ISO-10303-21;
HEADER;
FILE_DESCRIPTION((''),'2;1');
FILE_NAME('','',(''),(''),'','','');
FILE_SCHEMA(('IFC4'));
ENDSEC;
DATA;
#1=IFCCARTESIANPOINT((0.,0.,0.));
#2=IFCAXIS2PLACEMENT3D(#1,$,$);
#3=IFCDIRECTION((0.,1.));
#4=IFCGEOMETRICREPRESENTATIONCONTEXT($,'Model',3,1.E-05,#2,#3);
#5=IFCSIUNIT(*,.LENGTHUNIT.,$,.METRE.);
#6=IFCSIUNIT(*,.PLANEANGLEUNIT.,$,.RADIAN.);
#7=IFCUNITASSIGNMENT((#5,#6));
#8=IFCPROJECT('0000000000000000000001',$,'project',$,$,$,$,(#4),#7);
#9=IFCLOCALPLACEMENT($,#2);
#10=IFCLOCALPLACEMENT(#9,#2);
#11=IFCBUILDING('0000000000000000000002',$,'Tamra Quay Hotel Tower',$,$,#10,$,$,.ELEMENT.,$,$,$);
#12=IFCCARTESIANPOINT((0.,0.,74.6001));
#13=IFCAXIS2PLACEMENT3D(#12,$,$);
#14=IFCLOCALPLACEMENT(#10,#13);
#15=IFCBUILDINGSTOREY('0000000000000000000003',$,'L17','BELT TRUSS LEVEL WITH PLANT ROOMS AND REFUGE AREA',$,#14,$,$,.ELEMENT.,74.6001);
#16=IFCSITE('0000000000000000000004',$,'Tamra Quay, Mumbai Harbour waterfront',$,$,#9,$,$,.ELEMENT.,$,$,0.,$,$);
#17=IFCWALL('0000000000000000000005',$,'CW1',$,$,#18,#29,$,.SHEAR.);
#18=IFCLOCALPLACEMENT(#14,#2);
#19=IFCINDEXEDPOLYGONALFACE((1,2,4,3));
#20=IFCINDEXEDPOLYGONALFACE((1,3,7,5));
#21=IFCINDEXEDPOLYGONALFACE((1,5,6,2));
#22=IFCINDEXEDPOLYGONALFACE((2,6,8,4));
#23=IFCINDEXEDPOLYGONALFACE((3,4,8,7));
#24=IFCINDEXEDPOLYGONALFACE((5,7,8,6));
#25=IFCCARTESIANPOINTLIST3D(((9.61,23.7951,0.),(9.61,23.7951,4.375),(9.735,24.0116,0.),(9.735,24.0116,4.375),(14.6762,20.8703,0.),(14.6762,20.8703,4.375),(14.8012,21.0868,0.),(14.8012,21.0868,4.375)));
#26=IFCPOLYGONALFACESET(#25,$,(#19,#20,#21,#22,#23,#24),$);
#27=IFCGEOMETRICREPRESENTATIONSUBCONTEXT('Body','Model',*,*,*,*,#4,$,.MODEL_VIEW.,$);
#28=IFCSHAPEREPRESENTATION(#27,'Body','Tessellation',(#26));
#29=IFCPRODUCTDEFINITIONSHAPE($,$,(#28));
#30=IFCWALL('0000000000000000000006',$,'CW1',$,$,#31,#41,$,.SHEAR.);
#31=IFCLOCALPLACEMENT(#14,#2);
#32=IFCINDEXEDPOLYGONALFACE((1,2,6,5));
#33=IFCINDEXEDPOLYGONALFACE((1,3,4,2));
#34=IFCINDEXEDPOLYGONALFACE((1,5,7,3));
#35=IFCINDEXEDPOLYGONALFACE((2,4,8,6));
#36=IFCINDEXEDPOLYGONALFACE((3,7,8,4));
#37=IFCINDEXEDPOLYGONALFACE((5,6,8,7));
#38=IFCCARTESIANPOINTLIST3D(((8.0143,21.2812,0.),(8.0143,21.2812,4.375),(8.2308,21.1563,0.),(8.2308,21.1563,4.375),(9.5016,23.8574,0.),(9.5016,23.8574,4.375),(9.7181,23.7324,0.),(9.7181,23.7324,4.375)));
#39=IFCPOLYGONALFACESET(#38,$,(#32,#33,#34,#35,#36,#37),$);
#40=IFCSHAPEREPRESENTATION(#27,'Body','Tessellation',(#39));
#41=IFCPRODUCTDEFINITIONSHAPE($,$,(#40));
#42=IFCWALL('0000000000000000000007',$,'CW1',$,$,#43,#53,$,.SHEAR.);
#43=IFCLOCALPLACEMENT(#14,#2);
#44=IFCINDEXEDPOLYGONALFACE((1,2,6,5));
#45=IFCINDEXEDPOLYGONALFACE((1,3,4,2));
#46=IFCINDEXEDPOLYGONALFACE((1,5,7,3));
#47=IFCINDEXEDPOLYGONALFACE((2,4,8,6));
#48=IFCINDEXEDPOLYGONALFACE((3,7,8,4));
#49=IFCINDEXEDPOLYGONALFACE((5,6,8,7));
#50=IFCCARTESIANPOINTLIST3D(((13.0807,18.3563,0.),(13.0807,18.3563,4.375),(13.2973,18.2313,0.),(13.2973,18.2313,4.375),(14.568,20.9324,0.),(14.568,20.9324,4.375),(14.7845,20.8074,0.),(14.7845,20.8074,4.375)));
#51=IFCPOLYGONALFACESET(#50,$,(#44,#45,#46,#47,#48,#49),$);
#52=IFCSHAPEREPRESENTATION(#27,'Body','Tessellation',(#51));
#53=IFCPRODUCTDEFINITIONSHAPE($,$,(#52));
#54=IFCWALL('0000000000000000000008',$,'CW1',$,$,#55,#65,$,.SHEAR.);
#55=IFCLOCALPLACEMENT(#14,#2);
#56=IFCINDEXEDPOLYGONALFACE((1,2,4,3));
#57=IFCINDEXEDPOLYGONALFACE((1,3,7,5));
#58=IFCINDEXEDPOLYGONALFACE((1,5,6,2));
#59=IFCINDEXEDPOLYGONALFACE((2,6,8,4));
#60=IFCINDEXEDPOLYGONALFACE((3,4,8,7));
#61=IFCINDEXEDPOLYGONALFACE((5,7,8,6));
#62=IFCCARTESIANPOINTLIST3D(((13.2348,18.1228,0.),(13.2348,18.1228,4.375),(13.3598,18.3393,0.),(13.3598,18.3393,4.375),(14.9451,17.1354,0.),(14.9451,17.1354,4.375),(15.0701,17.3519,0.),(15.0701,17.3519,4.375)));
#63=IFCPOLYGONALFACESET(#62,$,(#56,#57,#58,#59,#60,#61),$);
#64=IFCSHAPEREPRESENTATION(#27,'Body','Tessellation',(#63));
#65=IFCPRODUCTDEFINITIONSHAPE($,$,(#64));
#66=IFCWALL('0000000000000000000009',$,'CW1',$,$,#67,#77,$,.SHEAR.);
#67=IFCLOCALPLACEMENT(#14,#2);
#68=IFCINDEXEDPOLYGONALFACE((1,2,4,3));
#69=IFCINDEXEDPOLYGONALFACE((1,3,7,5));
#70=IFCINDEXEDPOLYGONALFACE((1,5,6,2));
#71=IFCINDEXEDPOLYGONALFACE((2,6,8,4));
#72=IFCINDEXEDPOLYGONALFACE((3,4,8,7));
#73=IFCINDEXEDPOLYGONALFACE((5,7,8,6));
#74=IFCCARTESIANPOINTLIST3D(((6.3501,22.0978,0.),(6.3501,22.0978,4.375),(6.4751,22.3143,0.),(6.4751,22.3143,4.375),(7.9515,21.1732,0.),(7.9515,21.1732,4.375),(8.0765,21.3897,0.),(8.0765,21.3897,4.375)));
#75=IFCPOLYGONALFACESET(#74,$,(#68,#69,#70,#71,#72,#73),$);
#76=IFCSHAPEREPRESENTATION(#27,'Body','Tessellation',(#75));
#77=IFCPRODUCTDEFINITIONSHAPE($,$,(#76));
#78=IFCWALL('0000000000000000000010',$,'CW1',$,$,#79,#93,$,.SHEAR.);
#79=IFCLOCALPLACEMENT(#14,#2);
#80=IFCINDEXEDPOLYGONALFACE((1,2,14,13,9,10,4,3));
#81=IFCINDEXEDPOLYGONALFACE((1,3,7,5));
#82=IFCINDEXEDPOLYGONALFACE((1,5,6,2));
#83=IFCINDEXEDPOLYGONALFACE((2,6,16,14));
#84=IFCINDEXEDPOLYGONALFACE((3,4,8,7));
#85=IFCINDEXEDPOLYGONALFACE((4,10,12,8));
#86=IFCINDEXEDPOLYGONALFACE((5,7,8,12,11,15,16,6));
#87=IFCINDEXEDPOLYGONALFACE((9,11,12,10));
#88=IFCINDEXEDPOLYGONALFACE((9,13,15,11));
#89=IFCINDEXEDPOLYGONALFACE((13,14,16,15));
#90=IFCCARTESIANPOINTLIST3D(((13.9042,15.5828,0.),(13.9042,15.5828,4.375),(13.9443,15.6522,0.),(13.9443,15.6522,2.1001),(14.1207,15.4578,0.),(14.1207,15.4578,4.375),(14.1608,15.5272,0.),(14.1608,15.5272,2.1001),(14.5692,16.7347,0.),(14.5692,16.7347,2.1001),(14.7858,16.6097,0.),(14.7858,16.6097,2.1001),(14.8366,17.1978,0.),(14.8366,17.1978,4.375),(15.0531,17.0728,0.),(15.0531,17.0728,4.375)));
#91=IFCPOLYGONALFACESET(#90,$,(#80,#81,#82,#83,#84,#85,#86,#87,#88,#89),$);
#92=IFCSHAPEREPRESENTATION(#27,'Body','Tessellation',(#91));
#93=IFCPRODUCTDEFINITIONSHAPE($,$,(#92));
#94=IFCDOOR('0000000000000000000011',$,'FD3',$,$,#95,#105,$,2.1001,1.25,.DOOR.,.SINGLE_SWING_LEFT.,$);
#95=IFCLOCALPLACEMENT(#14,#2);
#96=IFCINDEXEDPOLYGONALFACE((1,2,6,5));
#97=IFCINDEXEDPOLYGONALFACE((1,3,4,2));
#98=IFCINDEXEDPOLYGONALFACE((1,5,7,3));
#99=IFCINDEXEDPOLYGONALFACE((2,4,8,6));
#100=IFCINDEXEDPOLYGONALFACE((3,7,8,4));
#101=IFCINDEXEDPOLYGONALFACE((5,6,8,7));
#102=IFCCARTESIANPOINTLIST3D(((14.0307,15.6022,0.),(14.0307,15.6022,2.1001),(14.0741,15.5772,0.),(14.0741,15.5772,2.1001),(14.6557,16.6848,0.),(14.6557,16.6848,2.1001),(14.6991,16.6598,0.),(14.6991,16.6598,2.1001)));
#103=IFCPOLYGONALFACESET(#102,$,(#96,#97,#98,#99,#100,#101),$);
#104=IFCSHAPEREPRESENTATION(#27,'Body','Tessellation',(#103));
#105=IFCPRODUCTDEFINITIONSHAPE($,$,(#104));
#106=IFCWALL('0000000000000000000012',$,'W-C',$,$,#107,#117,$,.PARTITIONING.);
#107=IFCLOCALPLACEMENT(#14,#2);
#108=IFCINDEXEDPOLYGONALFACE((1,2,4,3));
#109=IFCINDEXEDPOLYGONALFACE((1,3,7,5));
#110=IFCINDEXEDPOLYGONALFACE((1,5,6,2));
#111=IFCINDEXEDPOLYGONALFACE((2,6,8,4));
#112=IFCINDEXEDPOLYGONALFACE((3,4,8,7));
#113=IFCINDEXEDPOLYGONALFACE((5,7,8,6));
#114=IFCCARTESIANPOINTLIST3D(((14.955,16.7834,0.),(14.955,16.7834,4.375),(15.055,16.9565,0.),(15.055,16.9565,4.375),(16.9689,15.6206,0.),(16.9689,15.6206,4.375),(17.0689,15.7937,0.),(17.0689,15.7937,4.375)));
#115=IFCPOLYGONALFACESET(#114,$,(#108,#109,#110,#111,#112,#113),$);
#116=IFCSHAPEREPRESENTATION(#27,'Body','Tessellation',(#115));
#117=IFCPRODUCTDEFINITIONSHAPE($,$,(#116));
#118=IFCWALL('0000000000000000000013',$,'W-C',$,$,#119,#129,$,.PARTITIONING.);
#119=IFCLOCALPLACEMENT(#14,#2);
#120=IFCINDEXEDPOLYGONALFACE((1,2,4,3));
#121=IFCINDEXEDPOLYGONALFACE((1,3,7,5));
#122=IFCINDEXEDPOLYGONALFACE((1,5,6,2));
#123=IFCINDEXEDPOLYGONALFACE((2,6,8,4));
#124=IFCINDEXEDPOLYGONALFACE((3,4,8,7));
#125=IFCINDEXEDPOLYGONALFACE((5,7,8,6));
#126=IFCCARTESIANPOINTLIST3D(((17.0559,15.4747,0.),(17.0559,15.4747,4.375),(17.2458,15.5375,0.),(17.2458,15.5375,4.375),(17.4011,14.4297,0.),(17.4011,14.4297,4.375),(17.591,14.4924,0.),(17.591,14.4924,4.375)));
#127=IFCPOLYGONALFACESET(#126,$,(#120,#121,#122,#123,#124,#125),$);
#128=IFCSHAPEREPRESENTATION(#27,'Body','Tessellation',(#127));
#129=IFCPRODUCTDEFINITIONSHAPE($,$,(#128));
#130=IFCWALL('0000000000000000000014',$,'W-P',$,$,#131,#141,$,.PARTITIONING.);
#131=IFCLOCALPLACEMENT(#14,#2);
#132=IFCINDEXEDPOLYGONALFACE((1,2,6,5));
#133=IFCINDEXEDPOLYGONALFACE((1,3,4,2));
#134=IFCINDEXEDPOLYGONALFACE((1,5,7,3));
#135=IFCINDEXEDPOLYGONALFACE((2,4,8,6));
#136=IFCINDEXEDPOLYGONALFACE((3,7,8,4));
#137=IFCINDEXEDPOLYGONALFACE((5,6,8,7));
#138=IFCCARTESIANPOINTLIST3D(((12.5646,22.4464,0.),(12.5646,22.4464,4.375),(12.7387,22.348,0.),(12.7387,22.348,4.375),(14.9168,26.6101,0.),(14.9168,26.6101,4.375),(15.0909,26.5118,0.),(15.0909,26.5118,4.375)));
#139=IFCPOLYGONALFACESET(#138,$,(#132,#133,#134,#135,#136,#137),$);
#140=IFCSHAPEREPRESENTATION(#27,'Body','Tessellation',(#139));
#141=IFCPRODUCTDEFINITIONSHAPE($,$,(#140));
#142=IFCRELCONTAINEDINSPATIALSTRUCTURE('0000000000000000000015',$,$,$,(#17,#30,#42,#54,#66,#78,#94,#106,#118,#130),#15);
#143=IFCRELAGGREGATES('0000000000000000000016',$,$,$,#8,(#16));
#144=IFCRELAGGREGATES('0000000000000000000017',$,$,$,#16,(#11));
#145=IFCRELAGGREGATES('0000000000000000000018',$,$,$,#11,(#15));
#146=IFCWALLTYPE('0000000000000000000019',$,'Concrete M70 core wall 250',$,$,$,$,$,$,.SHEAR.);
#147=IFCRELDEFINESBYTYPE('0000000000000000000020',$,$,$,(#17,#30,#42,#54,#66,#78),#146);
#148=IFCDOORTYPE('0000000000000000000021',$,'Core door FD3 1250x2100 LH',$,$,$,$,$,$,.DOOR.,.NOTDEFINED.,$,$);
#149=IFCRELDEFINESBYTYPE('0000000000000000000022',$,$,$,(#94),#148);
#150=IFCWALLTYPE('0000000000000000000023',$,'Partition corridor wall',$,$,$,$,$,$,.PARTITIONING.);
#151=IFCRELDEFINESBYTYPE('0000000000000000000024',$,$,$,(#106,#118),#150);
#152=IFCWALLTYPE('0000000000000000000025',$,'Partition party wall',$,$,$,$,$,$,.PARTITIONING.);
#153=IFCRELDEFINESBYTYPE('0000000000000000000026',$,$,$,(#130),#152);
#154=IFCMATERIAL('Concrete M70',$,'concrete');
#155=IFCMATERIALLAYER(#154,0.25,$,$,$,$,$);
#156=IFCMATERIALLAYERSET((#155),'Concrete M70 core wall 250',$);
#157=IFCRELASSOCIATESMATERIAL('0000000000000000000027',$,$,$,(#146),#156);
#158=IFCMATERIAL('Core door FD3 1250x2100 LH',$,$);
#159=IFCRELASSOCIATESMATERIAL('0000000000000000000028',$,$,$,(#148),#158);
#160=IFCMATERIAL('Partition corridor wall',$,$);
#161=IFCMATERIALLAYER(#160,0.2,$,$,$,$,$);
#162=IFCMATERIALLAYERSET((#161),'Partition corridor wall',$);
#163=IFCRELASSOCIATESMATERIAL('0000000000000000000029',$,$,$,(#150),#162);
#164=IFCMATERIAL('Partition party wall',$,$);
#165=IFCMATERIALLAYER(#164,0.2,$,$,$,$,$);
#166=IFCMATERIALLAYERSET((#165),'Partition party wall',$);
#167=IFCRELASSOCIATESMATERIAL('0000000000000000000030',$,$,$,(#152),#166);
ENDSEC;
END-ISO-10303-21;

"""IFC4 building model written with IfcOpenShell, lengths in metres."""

from ifc_helpers import new_model, si_unit, direction, frame, frame_2d, origin, place, context, subcontext, project, spatial, rectangle, extrude, material, layer, layer_set, type_object, element, fill, save


model = new_model("IFC4")

# Units and contexts
model_context = context("Model", 3, precision=1e-05, world=origin(), true_north=direction((0.0, 1.0)))
body_context = subcontext(model_context, "Body", "Model", "MODEL_VIEW")
ifc_project = project(units=[si_unit("LENGTHUNIT", "METRE"), si_unit("PLANEANGLEUNIT", "RADIAN")], contexts=[model_context])

# Site, building, storey
site_placement = place(None, origin())
site = spatial("IfcSite", under=ifc_project, at=site_placement, Name="Tamra Quay, Mumbai Harbour waterfront", CompositionType="ELEMENT", RefElevation=0.0)
building_placement = place(site_placement, origin())
building = spatial("IfcBuilding", under=site, at=building_placement, Name="Tamra Quay Hotel Tower", CompositionType="ELEMENT")
storey_placement = place(building_placement, frame((0.0, 0.0, 74.6001)))
storey = spatial("IfcBuildingStorey", under=building, at=storey_placement, Name="L17", Description="BELT TRUSS LEVEL WITH PLANT ROOMS AND REFUGE AREA", CompositionType="ELEMENT", Elevation=74.6001)

# Shared definitions
ifc_material_1 = material(Name="Concrete M70", Category="concrete")

# Walls
ifc_layer_1 = layer(ifc_material_1, 0.25)
ifc_layer_set_1 = layer_set([ifc_layer_1], Name="Concrete M70 core wall 250")
wall_type_1 = type_object("IfcWallType", Name="Concrete M70 core wall 250", PredefinedType="SHEAR", material=ifc_layer_set_1)
wall_1_placement = place(storey_placement, frame((9.6726, 23.9033, 0.0), z_axis=(0.0, 0.0, 1.0), x_axis=(0.866036, -0.499981, 0.0)))
element("IfcWall", 1, at=wall_1_placement, inside=storey, type_object=wall_type_1, Name="CW1", PredefinedType="SHEAR", context=body_context, shape_type="SweptSolid", body=[
    extrude(rectangle(XDim=5.8499, YDim=0.25, at=frame_2d((2.9248, 0.0))), origin(), (0.0, 0.0, 1.0), 4.375),
])
for number, where, z_axis, x_axis, name in (
    (2, (8.1226, 21.2188, 0.0), (0.0, 0.0, 1.0), (0.499988, 0.866033, 0.0), "CW1"),
    (3, (14.6763, 20.8699, 0.0), (0.0, 0.0, 1.0), (-0.499988, -0.866033, 0.0), "CW1"),
):
    element("IfcWall", number, at=place(storey_placement, frame(where, z_axis=z_axis, x_axis=x_axis)), inside=storey, type_object=wall_type_1, Name=name, PredefinedType="SHEAR", context=body_context, shape_type="SweptSolid", body=[
        extrude(rectangle(XDim=2.9746, YDim=0.25, at=frame_2d((1.4873, 0.0))), origin(), (0.0, 0.0, 1.0), 4.375),
    ])
wall_2_placement = place(storey_placement, frame((13.2974, 18.231, 0.0), z_axis=(0.0, 0.0, 1.0), x_axis=(0.866044, -0.499969, 0.0)))
element("IfcWall", 4, at=wall_2_placement, inside=storey, type_object=wall_type_1, Name="CW1", PredefinedType="SHEAR", context=body_context, shape_type="SweptSolid", body=[
    extrude(rectangle(XDim=1.9749, YDim=0.25, at=frame_2d((0.9873, 0.0))), origin(), (0.0, 0.0, 1.0), 4.375),
])
wall_3_placement = place(storey_placement, frame((6.4126, 22.2061, 0.0), z_axis=(0.0, 0.0, 1.0), x_axis=(0.866016, -0.500016, 0.0)))
element("IfcWall", 5, at=wall_3_placement, inside=storey, type_object=wall_type_1, Name="CW1", PredefinedType="SHEAR", context=body_context, shape_type="SweptSolid", body=[
    extrude(rectangle(XDim=1.8491, YDim=0.25, at=frame_2d((0.9246, 0.0))), origin(), (0.0, 0.0, 1.0), 4.375),
])

# Wall, opening, door
wall_4_placement = place(storey_placement, frame((14.9448, 17.1353, 0.0), z_axis=(0.0, 0.0, 1.0), x_axis=(-0.499983, -0.866035, 0.0)))
wall_4 = element("IfcWall", 6, at=wall_4_placement, inside=storey, type_object=wall_type_1, Name="CW1", PredefinedType="SHEAR", context=body_context, shape_type="SweptSolid", body=[
    extrude(rectangle(XDim=1.8647, YDim=0.25, at=frame_2d((0.9324, 0.0))), origin(), (0.0, 0.0, 1.0), 4.375),
])
opening_1_placement = place(wall_4_placement, frame((0.5347, 0.0, 0.0)))
opening_1 = element("IfcOpeningElement", 7, at=opening_1_placement, cuts=wall_4, PredefinedType="OPENING", context=body_context, shape_type="SweptSolid", body=[
    extrude(rectangle(XDim=1.25, YDim=2.1001, at=frame_2d((0.625, 1.05))), frame((0.0, 0.135, 0.0), z_axis=(0.0, -1.0, 0.0), x_axis=(1.0, 0.0, 0.0)), (0.0, 0.0, 1.0), 0.27),
])
ifc_material_2 = material(Name="Core door FD3 1250x2100 LH")
door_type_1 = type_object("IfcDoorType", Name="Core door FD3 1250x2100 LH", OperationType="NOTDEFINED", PredefinedType="DOOR", material=ifc_material_2)
door_1_placement = place(opening_1_placement, origin())
door_1 = element("IfcDoor", 8, at=door_1_placement, inside=storey, type_object=door_type_1, Name="FD3", OperationType="SINGLE_SWING_LEFT", OverallHeight=2.1001, OverallWidth=1.25, PredefinedType="DOOR", context=body_context, shape_type="SweptSolid", body=[
    extrude(rectangle(XDim=1.25, YDim=2.1001, at=frame_2d((0.625, 1.05))), frame((0.0, 0.0249, 0.0), z_axis=(0.0, -1.0, 0.0), x_axis=(1.0, 0.0, 0.0)), (0.0, 0.0, 1.0), 0.05),
])
fill(opening_1, door_1)

# Walls
ifc_material_3 = material(Name="Partition corridor wall")
ifc_layer_2 = layer(ifc_material_3, 0.2)
ifc_layer_set_2 = layer_set([ifc_layer_2], Name="Partition corridor wall")
wall_type_2 = type_object("IfcWallType", Name="Partition corridor wall", PredefinedType="PARTITIONING", material=ifc_layer_set_2)
wall_5_placement = place(storey_placement, frame((15.0051, 16.8699, 0.0), z_axis=(0.0, 0.0, 1.0), x_axis=(0.866006, -0.500034, 0.0)))
element("IfcWall", 9, at=wall_5_placement, inside=storey, type_object=wall_type_2, Name="W-C", PredefinedType="PARTITIONING", context=body_context, shape_type="SweptSolid", body=[
    extrude(rectangle(XDim=2.3254, YDim=0.2, at=frame_2d((1.1626, 0.0))), origin(), (0.0, 0.0, 1.0), 4.375),
])
wall_6_placement = place(storey_placement, frame((17.1509, 15.5061, 0.0), z_axis=(0.0, 0.0, 1.0), x_axis=(0.313631, -0.949545, 0.0)))
element("IfcWall", 10, at=wall_6_placement, inside=storey, type_object=wall_type_2, Name="W-C", PredefinedType="PARTITIONING", context=body_context, shape_type="SweptSolid", body=[
    extrude(rectangle(XDim=1.1006, YDim=0.2, at=frame_2d((0.5503, 0.0))), origin(), (0.0, 0.0, 1.0), 4.375),
])
ifc_material_4 = material(Name="Partition party wall")
ifc_layer_3 = layer(ifc_material_4, 0.2)
ifc_layer_set_3 = layer_set([ifc_layer_3], Name="Partition party wall")
wall_type_3 = type_object("IfcWallType", Name="Partition party wall", PredefinedType="PARTITIONING", material=ifc_layer_set_3)
wall_7_placement = place(storey_placement, frame((12.6516, 22.3972, 0.0), z_axis=(0.0, 0.0, 1.0), x_axis=(0.491872, 0.870667, 0.0)))
element("IfcWall", 11, at=wall_7_placement, inside=storey, type_object=wall_type_3, Name="W-P", PredefinedType="PARTITIONING", context=body_context, shape_type="SweptSolid", body=[
    extrude(rectangle(XDim=4.7822, YDim=0.2, at=frame_2d((2.3911, 0.0))), origin(), (0.0, 0.0, 1.0), 4.375),
])

save(model, "model.ifc")
